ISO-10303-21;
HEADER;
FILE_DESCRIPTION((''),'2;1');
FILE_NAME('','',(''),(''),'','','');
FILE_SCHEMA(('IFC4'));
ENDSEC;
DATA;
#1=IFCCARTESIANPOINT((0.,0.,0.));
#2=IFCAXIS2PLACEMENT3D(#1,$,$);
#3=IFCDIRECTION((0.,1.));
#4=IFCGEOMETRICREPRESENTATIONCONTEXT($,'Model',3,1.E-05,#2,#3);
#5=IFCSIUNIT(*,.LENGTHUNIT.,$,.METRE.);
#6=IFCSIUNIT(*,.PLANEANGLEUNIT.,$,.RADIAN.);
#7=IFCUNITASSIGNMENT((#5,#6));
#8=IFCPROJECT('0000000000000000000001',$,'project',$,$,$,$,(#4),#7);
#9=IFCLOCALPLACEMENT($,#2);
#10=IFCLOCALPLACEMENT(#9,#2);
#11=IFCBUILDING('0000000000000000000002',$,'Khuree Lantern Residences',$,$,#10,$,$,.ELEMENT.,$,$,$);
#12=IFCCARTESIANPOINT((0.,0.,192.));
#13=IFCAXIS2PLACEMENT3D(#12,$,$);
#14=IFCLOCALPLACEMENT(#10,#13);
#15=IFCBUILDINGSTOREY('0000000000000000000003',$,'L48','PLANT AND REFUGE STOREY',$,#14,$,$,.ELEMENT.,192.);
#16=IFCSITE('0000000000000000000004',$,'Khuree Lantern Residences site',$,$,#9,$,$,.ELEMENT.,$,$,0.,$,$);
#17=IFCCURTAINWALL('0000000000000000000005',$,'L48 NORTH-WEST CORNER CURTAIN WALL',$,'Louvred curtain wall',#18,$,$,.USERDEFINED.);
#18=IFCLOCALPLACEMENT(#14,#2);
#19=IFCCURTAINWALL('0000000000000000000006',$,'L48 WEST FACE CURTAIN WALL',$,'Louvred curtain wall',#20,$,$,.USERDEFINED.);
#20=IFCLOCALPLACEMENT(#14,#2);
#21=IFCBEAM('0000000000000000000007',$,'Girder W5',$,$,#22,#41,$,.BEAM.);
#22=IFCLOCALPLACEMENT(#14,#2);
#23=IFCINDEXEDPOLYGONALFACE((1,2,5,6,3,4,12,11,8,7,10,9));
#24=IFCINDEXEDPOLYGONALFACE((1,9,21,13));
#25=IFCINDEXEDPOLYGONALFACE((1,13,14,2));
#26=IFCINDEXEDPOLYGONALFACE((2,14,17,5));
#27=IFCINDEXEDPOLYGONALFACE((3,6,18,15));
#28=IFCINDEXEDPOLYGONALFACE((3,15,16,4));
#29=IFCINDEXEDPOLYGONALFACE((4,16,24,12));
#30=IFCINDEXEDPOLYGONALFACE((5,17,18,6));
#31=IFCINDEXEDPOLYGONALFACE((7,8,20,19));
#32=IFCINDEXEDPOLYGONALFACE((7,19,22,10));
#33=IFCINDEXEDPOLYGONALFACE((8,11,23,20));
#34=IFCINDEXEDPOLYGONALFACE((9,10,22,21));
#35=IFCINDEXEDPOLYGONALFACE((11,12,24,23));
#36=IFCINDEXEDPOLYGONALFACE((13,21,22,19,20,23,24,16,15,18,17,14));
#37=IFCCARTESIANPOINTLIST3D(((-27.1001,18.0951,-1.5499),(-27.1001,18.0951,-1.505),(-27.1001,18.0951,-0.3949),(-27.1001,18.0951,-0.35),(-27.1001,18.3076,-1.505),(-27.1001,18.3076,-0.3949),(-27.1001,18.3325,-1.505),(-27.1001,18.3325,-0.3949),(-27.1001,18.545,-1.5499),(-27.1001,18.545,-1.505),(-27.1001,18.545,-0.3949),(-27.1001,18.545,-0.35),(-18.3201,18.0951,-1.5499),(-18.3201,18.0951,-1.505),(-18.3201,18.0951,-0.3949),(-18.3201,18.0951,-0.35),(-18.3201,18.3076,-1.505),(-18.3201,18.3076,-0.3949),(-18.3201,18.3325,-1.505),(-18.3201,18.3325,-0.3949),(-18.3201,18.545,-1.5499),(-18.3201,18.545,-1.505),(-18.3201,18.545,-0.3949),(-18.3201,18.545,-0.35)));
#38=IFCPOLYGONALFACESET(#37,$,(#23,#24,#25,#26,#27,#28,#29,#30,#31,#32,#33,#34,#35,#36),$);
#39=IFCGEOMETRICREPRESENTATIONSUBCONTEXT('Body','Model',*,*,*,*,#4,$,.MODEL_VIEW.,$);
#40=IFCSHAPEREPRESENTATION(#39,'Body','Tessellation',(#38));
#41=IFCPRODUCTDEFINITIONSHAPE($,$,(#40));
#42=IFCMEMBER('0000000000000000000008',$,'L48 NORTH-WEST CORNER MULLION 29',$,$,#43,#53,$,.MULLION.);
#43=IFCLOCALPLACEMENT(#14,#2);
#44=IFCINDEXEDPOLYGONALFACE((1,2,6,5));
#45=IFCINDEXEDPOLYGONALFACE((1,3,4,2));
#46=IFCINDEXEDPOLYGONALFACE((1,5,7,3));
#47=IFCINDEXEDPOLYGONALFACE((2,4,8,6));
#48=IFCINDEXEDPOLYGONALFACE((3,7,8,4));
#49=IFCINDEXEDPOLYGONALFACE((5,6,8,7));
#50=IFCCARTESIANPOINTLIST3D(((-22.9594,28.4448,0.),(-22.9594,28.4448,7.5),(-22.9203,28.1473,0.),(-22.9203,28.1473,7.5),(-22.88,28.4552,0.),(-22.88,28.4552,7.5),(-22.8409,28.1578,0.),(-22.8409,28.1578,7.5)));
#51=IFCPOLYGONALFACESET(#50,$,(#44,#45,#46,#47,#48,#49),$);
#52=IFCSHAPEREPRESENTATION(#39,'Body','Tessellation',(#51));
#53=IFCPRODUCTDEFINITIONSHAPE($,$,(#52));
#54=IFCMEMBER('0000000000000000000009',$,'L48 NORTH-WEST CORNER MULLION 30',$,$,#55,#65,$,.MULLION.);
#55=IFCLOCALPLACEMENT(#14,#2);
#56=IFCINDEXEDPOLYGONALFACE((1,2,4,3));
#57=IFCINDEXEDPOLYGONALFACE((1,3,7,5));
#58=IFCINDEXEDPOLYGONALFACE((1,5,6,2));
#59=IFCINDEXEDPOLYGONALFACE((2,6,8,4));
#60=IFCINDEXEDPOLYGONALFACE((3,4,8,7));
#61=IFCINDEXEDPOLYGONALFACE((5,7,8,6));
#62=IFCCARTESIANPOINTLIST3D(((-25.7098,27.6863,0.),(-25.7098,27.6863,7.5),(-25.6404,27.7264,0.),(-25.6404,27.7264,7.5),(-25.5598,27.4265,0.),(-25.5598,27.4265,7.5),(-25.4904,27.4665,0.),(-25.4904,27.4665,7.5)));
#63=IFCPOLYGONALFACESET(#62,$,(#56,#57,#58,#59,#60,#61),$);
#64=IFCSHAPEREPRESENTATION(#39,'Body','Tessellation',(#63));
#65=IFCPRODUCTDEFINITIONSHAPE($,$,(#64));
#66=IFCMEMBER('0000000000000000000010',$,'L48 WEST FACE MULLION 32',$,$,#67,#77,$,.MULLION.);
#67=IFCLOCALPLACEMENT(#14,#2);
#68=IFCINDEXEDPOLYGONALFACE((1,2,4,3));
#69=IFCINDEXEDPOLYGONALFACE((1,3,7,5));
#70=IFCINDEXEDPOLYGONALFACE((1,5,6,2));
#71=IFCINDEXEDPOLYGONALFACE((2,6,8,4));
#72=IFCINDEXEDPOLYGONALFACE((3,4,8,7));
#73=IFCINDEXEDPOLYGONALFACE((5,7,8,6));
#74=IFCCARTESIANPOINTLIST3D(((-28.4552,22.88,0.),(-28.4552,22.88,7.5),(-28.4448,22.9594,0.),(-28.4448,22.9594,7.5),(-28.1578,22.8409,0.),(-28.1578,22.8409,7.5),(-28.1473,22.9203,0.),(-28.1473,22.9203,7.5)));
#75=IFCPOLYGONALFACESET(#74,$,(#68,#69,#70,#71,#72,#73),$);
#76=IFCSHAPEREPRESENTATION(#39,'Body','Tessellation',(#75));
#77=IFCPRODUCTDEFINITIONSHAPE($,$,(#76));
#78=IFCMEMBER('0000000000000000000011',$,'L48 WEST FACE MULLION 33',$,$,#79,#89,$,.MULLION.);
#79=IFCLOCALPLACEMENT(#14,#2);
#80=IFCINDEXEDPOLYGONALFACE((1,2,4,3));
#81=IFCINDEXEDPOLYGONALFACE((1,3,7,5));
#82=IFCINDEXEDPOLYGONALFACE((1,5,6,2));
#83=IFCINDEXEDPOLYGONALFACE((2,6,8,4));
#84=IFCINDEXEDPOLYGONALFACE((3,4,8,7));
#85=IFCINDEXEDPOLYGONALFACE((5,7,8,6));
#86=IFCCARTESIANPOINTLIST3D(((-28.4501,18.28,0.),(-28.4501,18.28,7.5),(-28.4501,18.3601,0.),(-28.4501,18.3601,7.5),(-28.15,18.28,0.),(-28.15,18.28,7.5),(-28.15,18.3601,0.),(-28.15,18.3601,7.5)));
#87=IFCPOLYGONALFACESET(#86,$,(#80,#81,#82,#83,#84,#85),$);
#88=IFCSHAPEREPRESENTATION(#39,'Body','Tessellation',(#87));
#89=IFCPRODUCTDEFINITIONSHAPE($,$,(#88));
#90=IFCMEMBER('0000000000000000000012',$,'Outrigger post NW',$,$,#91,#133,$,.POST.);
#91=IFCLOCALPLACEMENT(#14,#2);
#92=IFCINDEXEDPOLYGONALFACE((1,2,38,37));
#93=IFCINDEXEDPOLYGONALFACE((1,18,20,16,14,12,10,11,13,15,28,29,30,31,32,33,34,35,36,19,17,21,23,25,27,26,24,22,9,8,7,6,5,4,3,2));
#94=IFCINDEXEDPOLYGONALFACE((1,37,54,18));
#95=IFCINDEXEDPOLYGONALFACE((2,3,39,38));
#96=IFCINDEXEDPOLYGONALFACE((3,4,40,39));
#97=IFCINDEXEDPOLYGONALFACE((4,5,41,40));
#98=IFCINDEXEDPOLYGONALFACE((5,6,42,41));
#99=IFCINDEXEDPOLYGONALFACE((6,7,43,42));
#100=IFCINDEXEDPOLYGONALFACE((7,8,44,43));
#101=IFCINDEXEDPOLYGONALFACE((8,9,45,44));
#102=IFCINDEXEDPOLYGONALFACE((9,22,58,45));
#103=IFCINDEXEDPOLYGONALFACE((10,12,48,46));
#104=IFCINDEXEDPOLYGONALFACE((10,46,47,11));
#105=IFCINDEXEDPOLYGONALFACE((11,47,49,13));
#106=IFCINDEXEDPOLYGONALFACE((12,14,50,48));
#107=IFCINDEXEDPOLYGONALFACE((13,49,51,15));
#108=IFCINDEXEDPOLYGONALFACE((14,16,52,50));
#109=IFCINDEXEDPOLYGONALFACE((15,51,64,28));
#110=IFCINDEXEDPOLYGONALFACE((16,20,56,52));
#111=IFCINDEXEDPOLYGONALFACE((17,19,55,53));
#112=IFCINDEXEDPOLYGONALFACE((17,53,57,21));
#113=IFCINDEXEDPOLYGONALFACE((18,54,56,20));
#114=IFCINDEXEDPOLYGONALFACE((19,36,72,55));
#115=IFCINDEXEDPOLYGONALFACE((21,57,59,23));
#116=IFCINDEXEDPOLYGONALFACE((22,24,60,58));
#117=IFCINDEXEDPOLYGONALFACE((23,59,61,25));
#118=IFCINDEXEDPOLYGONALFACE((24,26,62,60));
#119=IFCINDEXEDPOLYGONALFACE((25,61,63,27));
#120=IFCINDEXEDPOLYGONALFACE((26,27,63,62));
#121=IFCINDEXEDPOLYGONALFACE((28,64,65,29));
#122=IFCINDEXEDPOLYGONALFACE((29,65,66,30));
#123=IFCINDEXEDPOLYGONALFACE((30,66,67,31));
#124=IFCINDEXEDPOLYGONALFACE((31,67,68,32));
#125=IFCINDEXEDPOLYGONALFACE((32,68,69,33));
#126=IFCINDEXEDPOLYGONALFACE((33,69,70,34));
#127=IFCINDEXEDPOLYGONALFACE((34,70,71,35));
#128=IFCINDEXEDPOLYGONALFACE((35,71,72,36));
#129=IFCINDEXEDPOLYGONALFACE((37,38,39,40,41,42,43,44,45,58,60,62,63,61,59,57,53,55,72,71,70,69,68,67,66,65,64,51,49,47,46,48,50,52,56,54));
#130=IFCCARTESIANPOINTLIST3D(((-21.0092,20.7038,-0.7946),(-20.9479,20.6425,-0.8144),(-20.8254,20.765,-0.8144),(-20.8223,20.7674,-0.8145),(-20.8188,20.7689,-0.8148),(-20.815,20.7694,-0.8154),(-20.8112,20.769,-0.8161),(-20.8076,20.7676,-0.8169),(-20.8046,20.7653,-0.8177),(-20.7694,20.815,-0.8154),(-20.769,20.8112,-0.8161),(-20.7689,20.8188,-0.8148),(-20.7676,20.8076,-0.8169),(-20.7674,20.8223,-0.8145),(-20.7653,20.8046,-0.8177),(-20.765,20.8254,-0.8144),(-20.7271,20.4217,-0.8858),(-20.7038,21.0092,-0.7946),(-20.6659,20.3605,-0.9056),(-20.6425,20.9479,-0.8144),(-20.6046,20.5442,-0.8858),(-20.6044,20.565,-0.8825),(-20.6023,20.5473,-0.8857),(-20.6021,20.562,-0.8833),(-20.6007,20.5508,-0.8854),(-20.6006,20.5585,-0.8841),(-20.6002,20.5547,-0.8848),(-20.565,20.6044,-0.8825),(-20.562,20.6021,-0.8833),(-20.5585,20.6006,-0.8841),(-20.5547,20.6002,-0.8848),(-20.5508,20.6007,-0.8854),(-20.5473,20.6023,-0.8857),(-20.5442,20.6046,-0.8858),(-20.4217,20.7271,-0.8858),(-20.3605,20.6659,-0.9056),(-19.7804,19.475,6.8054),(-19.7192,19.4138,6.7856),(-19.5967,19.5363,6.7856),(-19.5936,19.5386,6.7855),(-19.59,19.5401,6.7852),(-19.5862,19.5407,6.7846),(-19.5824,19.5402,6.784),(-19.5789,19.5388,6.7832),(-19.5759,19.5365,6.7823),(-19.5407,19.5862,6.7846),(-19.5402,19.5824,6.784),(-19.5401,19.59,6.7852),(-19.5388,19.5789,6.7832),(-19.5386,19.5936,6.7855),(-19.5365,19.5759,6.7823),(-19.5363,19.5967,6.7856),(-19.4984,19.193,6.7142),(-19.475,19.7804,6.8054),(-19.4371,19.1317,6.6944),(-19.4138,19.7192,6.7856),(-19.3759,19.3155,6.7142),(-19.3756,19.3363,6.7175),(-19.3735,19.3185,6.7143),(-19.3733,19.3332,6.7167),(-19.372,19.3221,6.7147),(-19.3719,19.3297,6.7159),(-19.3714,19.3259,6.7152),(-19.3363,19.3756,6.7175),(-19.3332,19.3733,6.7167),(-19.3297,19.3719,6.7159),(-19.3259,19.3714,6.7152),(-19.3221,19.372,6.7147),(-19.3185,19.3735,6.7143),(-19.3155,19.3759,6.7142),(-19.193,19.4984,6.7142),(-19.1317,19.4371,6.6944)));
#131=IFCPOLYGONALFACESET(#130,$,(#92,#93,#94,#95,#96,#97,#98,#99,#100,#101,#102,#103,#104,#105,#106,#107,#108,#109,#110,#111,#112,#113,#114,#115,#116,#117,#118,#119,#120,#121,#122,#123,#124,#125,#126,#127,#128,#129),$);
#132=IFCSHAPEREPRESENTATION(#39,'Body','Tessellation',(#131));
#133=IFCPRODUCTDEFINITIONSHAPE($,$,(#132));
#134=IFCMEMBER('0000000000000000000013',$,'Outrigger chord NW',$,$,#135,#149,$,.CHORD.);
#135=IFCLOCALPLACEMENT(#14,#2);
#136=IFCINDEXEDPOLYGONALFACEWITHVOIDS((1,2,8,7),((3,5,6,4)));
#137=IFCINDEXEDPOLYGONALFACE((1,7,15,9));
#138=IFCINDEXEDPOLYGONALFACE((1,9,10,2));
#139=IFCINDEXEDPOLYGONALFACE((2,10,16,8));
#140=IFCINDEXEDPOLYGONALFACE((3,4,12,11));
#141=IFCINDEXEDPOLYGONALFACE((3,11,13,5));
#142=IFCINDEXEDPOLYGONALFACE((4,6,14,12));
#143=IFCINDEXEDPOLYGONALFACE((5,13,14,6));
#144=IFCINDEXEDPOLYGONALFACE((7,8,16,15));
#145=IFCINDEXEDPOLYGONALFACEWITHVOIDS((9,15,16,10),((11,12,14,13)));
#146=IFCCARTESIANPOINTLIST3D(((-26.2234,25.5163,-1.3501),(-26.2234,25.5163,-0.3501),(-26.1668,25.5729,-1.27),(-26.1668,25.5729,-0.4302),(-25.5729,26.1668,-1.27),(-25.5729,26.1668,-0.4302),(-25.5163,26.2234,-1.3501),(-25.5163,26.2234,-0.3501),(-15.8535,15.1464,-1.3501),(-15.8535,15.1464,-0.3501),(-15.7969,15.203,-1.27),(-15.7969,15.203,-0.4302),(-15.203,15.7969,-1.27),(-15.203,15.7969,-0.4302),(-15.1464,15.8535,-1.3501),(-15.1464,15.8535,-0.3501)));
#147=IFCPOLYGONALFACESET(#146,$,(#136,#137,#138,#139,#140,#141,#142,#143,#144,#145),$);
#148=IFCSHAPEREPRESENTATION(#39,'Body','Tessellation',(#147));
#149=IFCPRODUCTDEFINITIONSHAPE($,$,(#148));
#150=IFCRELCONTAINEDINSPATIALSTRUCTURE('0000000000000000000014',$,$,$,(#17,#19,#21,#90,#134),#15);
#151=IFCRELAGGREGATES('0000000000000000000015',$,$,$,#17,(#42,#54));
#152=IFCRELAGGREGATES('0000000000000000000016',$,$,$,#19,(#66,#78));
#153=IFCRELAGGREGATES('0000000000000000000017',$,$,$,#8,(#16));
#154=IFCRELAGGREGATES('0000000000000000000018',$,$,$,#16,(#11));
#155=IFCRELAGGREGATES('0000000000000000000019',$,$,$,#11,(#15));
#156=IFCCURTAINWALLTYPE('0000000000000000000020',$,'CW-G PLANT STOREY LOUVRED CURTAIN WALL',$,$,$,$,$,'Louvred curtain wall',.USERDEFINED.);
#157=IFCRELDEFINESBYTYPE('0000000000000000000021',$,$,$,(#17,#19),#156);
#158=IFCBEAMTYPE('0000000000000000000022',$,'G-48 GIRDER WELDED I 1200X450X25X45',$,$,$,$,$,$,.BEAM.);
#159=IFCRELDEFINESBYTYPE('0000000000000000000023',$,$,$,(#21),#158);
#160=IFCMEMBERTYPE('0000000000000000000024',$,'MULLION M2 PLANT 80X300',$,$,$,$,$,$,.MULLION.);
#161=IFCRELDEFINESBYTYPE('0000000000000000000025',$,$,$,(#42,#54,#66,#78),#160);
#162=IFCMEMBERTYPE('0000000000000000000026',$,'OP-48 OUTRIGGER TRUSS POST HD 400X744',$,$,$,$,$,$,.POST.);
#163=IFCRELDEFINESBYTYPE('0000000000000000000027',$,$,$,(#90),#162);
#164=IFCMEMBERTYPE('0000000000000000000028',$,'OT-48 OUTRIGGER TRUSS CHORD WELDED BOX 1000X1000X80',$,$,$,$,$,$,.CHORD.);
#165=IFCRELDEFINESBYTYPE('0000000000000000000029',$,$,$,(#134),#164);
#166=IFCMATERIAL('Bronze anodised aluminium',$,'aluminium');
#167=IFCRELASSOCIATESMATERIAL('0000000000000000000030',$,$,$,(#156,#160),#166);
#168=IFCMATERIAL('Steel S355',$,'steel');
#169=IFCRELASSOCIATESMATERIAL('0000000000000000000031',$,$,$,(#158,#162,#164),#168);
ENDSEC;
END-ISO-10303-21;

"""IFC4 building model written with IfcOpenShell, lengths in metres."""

from ifc_helpers import new_model, si_unit, direction, frame, origin, origin_2d, place, context, subcontext, project, spatial, rectangle, hollow_rectangle, i_section, extrude, material, material_profile, profile_set, type_object, element, aggregate, save


model = new_model("IFC4")

# Units and contexts
model_context = context("Model", 3, precision=1e-05, world=origin(), true_north=direction((0.0, 1.0)))
body_context = subcontext(model_context, "Body", "Model", "MODEL_VIEW")
ifc_project = project(units=[si_unit("LENGTHUNIT", "METRE"), si_unit("PLANEANGLEUNIT", "RADIAN")], contexts=[model_context])

# Site, building, storey
site_placement = place(None, origin())
site = spatial("IfcSite", under=ifc_project, at=site_placement, Name="Khuree Lantern Residences site", CompositionType="ELEMENT", RefElevation=0.0)
building_placement = place(site_placement, origin())
building = spatial("IfcBuilding", under=site, at=building_placement, Name="Khuree Lantern Residences", CompositionType="ELEMENT")
storey_placement = place(building_placement, frame((0.0, 0.0, 192.0)))
storey = spatial("IfcBuildingStorey", under=building, at=storey_placement, Name="L48", Description="PLANT AND REFUGE STOREY", CompositionType="ELEMENT", Elevation=192.0)

# Shared definitions
ifc_material_1 = material(Name="Steel S355", Category="steel")

# Curtain walls
ifc_material_2 = material(Name="Bronze anodised aluminium", Category="aluminium")
curtain_wall_type = type_object("IfcCurtainWallType", Name="CW-G PLANT STOREY LOUVRED CURTAIN WALL", ElementType="Louvred curtain wall", PredefinedType="USERDEFINED", material=ifc_material_2)
curtain_wall_1_placement = place(storey_placement, origin())
curtain_wall_1 = element("IfcCurtainWall", 1, at=curtain_wall_1_placement, inside=storey, type_object=curtain_wall_type, Name="L48 NORTH-WEST CORNER CURTAIN WALL", ObjectType="Louvred curtain wall", PredefinedType="USERDEFINED")
curtain_wall_2_placement = place(storey_placement, origin())
curtain_wall_2 = element("IfcCurtainWall", 2, at=curtain_wall_2_placement, inside=storey, type_object=curtain_wall_type, Name="L48 WEST FACE CURTAIN WALL", ObjectType="Louvred curtain wall", PredefinedType="USERDEFINED")

# Beam
ifc_material_profile_1 = material_profile(ifc_material_1, i_section(OverallWidth=0.45, OverallDepth=1.2, WebThickness=0.0249, FlangeThickness=0.0449, at=origin_2d()), Name="WELDED I 1200X450X25X45")
ifc_profile_set_1 = profile_set([ifc_material_profile_1], Name="Steel S355")
beam_type_1 = type_object("IfcBeamType", Name="G-48 GIRDER WELDED I 1200X450X25X45", PredefinedType="BEAM", material=ifc_profile_set_1)
beam_placement = place(storey_placement, frame((-27.1001, 18.3201, -0.95), z_axis=(1.0, 0.0, 0.0), x_axis=(0.0, 1.0, 0.0)))
element("IfcBeam", 3, at=beam_placement, inside=storey, type_object=beam_type_1, Name="Girder W5", PredefinedType="BEAM", context=body_context, shape_type="SweptSolid", body=[
    extrude(i_section(OverallWidth=0.45, OverallDepth=1.2, WebThickness=0.0249, FlangeThickness=0.0449, at=origin_2d()), origin(), (0.0, 0.0, 1.0), 8.78),
])

# Members
ifc_material_profile_2 = material_profile(ifc_material_2, rectangle(XDim=0.0801, YDim=0.3, at=origin_2d()), Name="M2 80X300")
ifc_profile_set_2 = profile_set([ifc_material_profile_2], Name="Bronze anodised aluminium")
member_type_1 = type_object("IfcMemberType", Name="MULLION M2 PLANT 80X300", PredefinedType="MULLION", material=ifc_profile_set_2)
member_1_placement = place(storey_placement, frame((-22.9001, 28.3013, 0.0), z_axis=(0.0, 0.0, 1.0), x_axis=(-0.991445, -0.130526, 0.0)))
member_1 = element("IfcMember", 4, at=member_1_placement, type_object=member_type_1, Name="L48 NORTH-WEST CORNER MULLION 29", PredefinedType="MULLION", context=body_context, shape_type="SweptSolid", body=[
    extrude(rectangle(XDim=0.0801, YDim=0.3, at=origin_2d()), origin(), (0.0, 0.0, 1.0), 7.5),
])
member_2_placement = place(storey_placement, frame((-25.6001, 27.5764, 0.0), z_axis=(0.0, 0.0, 1.0), x_axis=(-0.866025, -0.5, 0.0)))
member_2 = element("IfcMember", 5, at=member_2_placement, type_object=member_type_1, Name="L48 NORTH-WEST CORNER MULLION 30", PredefinedType="MULLION", context=body_context, shape_type="SweptSolid", body=[
    extrude(rectangle(XDim=0.0801, YDim=0.3, at=origin_2d()), origin(), (0.0, 0.0, 1.0), 7.5),
])
member_3_placement = place(storey_placement, frame((-28.3013, 22.9001, 0.0), z_axis=(0.0, 0.0, 1.0), x_axis=(-0.130526, -0.991445, 0.0)))
member_3 = element("IfcMember", 6, at=member_3_placement, type_object=member_type_1, Name="L48 WEST FACE MULLION 32", PredefinedType="MULLION", context=body_context, shape_type="SweptSolid", body=[
    extrude(rectangle(XDim=0.0801, YDim=0.3, at=origin_2d()), origin(), (0.0, 0.0, 1.0), 7.5),
])
member_4_placement = place(storey_placement, frame((-28.3, 18.3201, 0.0), z_axis=(0.0, 0.0, 1.0), x_axis=(0.0, -1.0, 0.0)))
member_4 = element("IfcMember", 7, at=member_4_placement, type_object=member_type_1, Name="L48 WEST FACE MULLION 33", PredefinedType="MULLION", context=body_context, shape_type="SweptSolid", body=[
    extrude(rectangle(XDim=0.0801, YDim=0.3, at=origin_2d()), origin(), (0.0, 0.0, 1.0), 7.5),
])

# Members
ifc_material_profile_3 = material_profile(ifc_material_1, i_section(OverallWidth=0.4319, OverallDepth=0.498, WebThickness=0.0557, FlangeThickness=0.0889, FilletRadius=0.0149, at=origin_2d()), Name="HD 400X744")
ifc_profile_set_3 = profile_set([ifc_material_profile_3], Name="Steel S355")
member_type_2 = type_object("IfcMemberType", Name="OP-48 OUTRIGGER TRUSS POST HD 400X744", PredefinedType="POST", material=ifc_profile_set_3)
member_5_placement = place(storey_placement, frame((-20.6848, 20.6848, -0.8501), z_axis=(0.15761, -0.15761, 0.974843), x_axis=(0.707107, 0.707107, 0.0)))
element("IfcMember", 8, at=member_5_placement, inside=storey, type_object=member_type_2, Name="Outrigger post NW", PredefinedType="POST", context=body_context, shape_type="SweptSolid", body=[
    extrude(i_section(OverallWidth=0.4319, OverallDepth=0.498, WebThickness=0.0557, FlangeThickness=0.0889, FilletRadius=0.0149, at=origin_2d()), origin(), (0.0, 0.0, 1.0), 7.7961),
])
ifc_material_profile_4 = material_profile(ifc_material_1, hollow_rectangle(XDim=1.0, YDim=1.0, WallThickness=0.0801, at=origin_2d()), Name="WELDED BOX 1000X1000X80")
ifc_profile_set_4 = profile_set([ifc_material_profile_4], Name="Steel S355")
member_type_3 = type_object("IfcMemberType", Name="OT-48 OUTRIGGER TRUSS CHORD WELDED BOX 1000X1000X80", PredefinedType="CHORD", material=ifc_profile_set_4)
member_6_placement = place(storey_placement, frame((-25.8699, 25.8699, -0.8501), z_axis=(0.707107, -0.707107, 0.0), x_axis=(0.707107, 0.707107, 0.0)))
element("IfcMember", 9, at=member_6_placement, inside=storey, type_object=member_type_3, Name="Outrigger chord NW", PredefinedType="CHORD", context=body_context, shape_type="SweptSolid", body=[
    extrude(hollow_rectangle(XDim=1.0, YDim=1.0, WallThickness=0.0801, at=origin_2d()), origin(), (0.0, 0.0, 1.0), 14.6653),
])

aggregate(curtain_wall_1, [member_1, member_2])
aggregate(curtain_wall_2, [member_3, member_4])

save(model, "model.ifc")
